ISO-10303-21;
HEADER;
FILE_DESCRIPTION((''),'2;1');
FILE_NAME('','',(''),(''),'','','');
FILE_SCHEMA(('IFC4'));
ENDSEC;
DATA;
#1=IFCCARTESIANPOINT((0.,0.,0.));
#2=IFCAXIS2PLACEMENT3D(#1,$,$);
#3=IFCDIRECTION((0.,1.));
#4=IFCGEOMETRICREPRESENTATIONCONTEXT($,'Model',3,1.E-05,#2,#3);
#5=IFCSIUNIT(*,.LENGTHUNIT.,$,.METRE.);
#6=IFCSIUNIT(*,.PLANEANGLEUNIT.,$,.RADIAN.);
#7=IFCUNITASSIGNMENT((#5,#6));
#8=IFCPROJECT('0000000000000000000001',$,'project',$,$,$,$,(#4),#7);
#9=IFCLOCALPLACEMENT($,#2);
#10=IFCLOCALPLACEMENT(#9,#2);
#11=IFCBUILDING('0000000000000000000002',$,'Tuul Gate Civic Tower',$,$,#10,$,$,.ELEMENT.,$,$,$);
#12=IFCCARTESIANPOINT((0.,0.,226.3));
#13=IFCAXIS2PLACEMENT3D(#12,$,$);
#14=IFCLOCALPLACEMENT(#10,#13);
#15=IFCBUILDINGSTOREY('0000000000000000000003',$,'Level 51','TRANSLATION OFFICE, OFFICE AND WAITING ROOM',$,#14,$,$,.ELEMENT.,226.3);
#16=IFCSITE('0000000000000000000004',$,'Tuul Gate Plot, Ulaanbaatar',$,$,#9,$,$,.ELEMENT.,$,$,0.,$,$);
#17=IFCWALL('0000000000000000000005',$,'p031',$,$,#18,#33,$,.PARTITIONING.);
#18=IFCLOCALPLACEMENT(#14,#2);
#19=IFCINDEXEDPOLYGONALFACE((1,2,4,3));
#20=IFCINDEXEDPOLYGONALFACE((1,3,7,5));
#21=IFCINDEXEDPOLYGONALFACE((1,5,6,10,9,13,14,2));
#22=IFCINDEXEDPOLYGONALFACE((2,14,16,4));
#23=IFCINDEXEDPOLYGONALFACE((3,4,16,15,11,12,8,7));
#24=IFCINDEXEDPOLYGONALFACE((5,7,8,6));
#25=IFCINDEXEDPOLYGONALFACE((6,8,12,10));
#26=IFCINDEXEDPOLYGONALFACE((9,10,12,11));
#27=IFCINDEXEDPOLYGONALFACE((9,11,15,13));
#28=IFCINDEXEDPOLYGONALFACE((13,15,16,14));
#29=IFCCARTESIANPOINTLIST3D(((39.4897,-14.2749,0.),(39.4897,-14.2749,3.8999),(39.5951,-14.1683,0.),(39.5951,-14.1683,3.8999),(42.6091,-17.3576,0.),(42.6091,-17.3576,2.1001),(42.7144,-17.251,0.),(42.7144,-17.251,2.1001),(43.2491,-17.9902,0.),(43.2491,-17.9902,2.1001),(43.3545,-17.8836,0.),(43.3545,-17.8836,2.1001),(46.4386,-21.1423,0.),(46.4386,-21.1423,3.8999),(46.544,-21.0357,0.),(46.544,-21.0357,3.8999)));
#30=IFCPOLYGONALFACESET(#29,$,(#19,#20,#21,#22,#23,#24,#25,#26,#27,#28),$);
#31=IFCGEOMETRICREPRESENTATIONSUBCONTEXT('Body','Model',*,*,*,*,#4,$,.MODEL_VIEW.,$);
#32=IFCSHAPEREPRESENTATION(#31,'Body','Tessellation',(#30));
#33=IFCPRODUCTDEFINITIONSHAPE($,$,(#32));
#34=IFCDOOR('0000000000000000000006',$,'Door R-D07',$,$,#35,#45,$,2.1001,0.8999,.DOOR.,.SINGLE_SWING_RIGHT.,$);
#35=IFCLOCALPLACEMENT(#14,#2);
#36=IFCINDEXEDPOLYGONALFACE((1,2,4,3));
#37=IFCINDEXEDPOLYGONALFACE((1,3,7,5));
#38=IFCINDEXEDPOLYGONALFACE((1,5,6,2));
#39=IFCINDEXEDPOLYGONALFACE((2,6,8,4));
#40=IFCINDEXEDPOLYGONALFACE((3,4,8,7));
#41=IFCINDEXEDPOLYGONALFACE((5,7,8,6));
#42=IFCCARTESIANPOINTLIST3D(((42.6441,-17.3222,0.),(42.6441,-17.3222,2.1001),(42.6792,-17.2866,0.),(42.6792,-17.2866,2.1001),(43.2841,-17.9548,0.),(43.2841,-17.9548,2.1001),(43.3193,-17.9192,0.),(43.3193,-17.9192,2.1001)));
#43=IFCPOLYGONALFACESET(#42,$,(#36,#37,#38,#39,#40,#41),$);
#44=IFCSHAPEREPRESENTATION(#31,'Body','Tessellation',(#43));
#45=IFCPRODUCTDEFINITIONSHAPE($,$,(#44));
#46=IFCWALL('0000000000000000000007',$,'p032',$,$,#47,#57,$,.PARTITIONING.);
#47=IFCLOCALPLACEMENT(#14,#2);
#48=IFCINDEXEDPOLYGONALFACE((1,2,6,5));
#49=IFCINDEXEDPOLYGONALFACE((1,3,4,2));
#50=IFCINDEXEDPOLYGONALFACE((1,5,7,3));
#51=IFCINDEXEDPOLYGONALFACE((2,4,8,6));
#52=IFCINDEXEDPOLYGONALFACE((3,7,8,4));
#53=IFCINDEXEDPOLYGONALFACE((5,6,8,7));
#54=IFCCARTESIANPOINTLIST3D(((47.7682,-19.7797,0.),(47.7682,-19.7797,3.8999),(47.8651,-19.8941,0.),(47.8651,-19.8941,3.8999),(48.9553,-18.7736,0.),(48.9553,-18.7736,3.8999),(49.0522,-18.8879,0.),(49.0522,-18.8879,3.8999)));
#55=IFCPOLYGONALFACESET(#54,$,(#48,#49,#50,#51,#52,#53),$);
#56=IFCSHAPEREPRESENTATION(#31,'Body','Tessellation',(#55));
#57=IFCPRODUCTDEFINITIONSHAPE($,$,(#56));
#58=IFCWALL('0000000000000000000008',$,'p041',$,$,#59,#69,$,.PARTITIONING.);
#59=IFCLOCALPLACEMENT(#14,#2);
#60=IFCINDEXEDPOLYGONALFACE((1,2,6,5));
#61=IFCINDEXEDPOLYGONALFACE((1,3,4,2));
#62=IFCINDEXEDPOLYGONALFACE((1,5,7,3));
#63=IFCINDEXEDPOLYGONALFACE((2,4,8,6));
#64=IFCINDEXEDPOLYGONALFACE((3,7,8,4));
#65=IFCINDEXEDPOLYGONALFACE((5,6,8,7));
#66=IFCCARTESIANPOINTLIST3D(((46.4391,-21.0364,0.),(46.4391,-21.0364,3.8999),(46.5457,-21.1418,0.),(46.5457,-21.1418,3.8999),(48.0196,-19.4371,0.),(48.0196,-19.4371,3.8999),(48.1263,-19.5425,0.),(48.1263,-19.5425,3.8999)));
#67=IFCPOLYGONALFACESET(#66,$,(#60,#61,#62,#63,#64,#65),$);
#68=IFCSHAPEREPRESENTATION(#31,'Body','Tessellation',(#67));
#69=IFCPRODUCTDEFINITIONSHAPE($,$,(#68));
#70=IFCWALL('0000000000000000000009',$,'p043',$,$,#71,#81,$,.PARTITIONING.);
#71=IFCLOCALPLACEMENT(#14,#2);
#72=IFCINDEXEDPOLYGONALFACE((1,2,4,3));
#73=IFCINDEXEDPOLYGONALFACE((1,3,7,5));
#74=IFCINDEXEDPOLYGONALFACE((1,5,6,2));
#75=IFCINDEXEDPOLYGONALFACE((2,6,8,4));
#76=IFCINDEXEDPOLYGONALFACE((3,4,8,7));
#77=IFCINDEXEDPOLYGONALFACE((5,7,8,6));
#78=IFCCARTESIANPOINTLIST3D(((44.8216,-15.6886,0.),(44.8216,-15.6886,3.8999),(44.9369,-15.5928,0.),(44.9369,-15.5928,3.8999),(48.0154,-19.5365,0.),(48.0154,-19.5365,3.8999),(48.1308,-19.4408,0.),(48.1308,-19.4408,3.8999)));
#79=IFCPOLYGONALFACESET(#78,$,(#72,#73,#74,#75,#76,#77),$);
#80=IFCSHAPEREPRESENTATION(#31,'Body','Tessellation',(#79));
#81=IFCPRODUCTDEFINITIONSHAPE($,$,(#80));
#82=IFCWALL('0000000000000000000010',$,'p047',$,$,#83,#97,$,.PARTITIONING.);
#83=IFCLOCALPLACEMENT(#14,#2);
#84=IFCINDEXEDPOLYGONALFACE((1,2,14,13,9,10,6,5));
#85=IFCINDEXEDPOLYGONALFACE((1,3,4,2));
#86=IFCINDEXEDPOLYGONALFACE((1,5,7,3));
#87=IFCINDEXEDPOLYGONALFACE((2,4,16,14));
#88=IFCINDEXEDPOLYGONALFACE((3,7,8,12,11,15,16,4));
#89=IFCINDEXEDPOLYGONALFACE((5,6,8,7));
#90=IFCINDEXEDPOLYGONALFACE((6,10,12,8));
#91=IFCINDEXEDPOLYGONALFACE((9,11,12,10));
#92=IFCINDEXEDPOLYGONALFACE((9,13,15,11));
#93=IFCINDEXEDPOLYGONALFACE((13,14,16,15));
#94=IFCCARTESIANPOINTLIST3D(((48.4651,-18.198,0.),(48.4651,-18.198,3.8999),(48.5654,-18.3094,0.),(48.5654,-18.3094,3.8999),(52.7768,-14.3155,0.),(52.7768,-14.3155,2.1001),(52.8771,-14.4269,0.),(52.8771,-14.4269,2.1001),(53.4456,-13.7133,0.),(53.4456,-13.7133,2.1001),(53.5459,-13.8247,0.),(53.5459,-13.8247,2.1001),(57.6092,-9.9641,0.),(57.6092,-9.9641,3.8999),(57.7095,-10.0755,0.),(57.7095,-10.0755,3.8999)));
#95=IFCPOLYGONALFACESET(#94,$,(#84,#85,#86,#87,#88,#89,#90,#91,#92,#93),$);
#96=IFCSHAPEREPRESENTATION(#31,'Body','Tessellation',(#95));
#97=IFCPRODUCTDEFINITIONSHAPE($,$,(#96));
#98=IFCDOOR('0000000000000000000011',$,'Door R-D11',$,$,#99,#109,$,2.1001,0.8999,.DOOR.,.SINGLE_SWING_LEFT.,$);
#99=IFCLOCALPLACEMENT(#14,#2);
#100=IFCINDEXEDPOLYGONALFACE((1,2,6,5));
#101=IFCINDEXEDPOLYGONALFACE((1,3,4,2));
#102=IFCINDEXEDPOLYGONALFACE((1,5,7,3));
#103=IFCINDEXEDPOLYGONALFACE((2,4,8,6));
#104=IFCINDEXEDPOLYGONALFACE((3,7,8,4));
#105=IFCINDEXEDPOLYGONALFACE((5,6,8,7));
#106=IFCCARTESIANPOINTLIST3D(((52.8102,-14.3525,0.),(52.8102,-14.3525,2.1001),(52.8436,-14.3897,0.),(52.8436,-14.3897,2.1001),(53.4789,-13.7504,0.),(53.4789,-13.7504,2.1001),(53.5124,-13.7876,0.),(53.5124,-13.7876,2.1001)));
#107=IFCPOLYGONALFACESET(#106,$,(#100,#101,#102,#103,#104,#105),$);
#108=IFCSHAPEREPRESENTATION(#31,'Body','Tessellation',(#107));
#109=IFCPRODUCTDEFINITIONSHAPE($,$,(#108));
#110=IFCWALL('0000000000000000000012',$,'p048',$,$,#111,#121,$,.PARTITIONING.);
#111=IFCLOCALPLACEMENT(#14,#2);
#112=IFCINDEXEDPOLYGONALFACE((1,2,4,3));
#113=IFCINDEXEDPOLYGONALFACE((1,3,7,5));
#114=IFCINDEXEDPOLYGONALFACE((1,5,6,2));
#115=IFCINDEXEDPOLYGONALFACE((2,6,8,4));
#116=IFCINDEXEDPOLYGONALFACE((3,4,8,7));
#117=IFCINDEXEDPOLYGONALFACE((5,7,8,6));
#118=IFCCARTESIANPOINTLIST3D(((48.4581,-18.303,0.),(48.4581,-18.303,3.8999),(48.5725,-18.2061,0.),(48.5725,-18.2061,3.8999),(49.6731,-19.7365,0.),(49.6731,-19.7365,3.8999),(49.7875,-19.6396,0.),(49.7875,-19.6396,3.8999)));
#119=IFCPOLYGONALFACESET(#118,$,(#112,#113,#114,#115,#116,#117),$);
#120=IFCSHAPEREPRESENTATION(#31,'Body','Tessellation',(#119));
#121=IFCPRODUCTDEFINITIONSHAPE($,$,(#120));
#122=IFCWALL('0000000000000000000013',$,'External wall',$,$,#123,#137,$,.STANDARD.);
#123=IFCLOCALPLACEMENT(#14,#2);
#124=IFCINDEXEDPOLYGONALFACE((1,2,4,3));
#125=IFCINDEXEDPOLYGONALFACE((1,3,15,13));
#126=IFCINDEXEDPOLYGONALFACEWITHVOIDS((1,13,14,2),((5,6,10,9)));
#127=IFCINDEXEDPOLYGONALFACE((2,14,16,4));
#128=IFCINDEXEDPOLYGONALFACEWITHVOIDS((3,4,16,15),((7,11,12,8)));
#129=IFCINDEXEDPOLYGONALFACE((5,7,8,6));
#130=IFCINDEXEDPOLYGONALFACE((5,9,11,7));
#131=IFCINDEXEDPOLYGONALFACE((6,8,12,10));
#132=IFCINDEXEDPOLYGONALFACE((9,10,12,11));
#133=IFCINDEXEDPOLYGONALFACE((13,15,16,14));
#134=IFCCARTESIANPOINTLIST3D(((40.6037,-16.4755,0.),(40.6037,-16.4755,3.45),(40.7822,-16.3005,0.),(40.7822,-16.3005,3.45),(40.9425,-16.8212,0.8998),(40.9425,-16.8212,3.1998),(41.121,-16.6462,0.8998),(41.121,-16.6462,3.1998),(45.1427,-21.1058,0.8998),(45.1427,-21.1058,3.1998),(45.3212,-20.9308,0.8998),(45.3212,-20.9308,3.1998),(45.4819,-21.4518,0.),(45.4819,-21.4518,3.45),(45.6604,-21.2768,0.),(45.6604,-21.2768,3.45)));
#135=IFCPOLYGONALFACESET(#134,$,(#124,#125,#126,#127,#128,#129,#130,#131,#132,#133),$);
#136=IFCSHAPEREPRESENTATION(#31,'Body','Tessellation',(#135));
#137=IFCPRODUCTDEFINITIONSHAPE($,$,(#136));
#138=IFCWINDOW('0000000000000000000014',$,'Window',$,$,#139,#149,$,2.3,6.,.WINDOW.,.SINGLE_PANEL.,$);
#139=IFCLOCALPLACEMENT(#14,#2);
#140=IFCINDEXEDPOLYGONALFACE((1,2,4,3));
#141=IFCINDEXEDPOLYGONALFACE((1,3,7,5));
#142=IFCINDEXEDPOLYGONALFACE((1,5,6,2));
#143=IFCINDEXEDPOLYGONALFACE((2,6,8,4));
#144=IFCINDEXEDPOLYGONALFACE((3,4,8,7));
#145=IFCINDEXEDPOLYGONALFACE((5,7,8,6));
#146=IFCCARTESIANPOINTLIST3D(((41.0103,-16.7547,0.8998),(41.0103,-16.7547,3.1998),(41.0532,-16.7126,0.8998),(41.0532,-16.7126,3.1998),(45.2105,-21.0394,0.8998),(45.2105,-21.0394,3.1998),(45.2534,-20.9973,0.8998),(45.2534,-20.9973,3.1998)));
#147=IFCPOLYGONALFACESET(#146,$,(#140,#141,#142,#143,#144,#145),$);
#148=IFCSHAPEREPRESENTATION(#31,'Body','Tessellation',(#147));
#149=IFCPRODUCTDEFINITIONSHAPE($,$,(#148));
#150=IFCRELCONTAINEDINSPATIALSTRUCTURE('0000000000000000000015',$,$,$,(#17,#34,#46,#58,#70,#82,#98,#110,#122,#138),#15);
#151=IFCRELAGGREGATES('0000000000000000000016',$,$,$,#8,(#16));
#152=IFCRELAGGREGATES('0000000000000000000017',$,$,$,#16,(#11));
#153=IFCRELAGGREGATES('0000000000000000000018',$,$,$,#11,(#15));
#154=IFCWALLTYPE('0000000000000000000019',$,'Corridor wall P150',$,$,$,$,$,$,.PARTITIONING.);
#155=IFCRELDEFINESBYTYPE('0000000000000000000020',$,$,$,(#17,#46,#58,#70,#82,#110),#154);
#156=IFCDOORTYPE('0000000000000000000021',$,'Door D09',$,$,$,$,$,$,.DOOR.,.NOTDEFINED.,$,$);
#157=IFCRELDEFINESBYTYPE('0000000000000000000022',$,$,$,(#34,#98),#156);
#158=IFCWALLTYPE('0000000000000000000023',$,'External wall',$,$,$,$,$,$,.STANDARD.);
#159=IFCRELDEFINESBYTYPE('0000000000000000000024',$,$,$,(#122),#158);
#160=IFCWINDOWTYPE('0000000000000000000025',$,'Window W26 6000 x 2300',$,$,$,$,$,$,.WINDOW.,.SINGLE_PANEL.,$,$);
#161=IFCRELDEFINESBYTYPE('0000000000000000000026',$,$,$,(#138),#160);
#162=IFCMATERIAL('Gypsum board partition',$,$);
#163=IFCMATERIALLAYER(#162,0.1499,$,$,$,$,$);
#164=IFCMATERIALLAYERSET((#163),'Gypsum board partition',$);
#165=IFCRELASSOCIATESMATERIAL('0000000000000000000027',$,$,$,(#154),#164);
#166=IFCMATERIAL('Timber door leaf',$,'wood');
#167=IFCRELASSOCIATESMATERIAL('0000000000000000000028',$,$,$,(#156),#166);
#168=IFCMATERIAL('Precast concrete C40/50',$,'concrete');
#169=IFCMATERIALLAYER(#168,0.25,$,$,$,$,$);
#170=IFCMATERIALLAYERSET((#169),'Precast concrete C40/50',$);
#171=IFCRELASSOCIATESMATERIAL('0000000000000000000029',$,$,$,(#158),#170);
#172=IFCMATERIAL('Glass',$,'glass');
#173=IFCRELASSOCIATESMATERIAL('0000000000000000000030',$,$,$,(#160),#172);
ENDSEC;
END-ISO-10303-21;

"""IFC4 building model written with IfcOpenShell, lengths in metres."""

from ifc_helpers import new_model, si_unit, direction, frame, frame_2d, origin, place, context, subcontext, project, spatial, rectangle, extrude, material, layer, layer_set, type_object, element, fill, save


model = new_model("IFC4")

# Units and contexts
model_context = context("Model", 3, precision=1e-05, world=origin(), true_north=direction((0.0, 1.0)))
body_context = subcontext(model_context, "Body", "Model", "MODEL_VIEW")
ifc_project = project(units=[si_unit("LENGTHUNIT", "METRE"), si_unit("PLANEANGLEUNIT", "RADIAN")], contexts=[model_context])

# Site, building, storey
site_placement = place(None, origin())
site = spatial("IfcSite", under=ifc_project, at=site_placement, Name="Tuul Gate Plot, Ulaanbaatar", CompositionType="ELEMENT", RefElevation=0.0)
building_placement = place(site_placement, origin())
building = spatial("IfcBuilding", under=site, at=building_placement, Name="Tuul Gate Civic Tower", CompositionType="ELEMENT")
storey_placement = place(building_placement, frame((0.0, 0.0, 226.3)))
storey = spatial("IfcBuildingStorey", under=building, at=storey_placement, Name="Level 51", Description="TRANSLATION OFFICE, OFFICE AND WAITING ROOM", CompositionType="ELEMENT", Elevation=226.3)

# Wall, opening, door
ifc_material_1 = material(Name="Gypsum board partition")
ifc_layer_1 = layer(ifc_material_1, 0.1499)
ifc_layer_set_1 = layer_set([ifc_layer_1], Name="Gypsum board partition")
wall_type_1 = type_object("IfcWallType", Name="Corridor wall P150", PredefinedType="PARTITIONING", material=ifc_layer_set_1)
wall_1_placement = place(storey_placement, frame((39.5425, -14.2217, 0.0), z_axis=(0.0, 0.0, 1.0), x_axis=(0.711268, -0.702921, 0.0)))
wall_1 = element("IfcWall", 1, at=wall_1_placement, inside=storey, type_object=wall_type_1, Name="p031", PredefinedType="PARTITIONING", context=body_context, shape_type="SweptSolid", body=[
    extrude(rectangle(XDim=9.7698, YDim=0.1499, at=frame_2d((4.8848, 0.0))), origin(), (0.0, 0.0, 1.0), 3.8999),
])
opening_1_placement = place(wall_1_placement, frame((4.3855, 0.0, 0.0)))
opening_1 = element("IfcOpeningElement", 2, at=opening_1_placement, cuts=wall_1, PredefinedType="OPENING", context=body_context, shape_type="SweptSolid", body=[
    extrude(rectangle(XDim=0.8999, YDim=2.1001, at=frame_2d((0.45, 1.05))), frame((0.0, 0.085, 0.0), z_axis=(0.0, -1.0, 0.0), x_axis=(1.0, 0.0, 0.0)), (0.0, 0.0, 1.0), 0.1699),
])
ifc_material_2 = material(Name="Timber door leaf", Category="wood")
door_type_1 = type_object("IfcDoorType", Name="Door D09", OperationType="NOTDEFINED", PredefinedType="DOOR", material=ifc_material_2)
door_1_placement = place(opening_1_placement, origin())
door_1 = element("IfcDoor", 3, at=door_1_placement, inside=storey, type_object=door_type_1, Name="Door R-D07", OperationType="SINGLE_SWING_RIGHT", OverallHeight=2.1001, OverallWidth=0.8999, PredefinedType="DOOR", context=body_context, shape_type="SweptSolid", body=[
    extrude(rectangle(XDim=0.8999, YDim=2.1001, at=frame_2d((0.45, 1.05))), frame((0.0, 0.0249, 0.0), z_axis=(0.0, -1.0, 0.0), x_axis=(1.0, 0.0, 0.0)), (0.0, 0.0, 1.0), 0.05),
])
fill(opening_1, door_1)

# Walls
wall_2_placement = place(storey_placement, frame((47.8167, -19.8369, 0.0), z_axis=(0.0, 0.0, 1.0), x_axis=(0.762844, 0.646582, 0.0)))
element("IfcWall", 4, at=wall_2_placement, inside=storey, type_object=wall_type_1, Name="p032", PredefinedType="PARTITIONING", context=body_context, shape_type="SweptSolid", body=[
    extrude(rectangle(XDim=1.5562, YDim=0.1499, at=frame_2d((0.7781, 0.0))), origin(), (0.0, 0.0, 1.0), 3.8999),
])
wall_3_placement = place(storey_placement, frame((46.4924, -21.0891, 0.0), z_axis=(0.0, 0.0, 1.0), x_axis=(0.702914, 0.711275, 0.0)))
element("IfcWall", 5, at=wall_3_placement, inside=storey, type_object=wall_type_1, Name="p041", PredefinedType="PARTITIONING", context=body_context, shape_type="SweptSolid", body=[
    extrude(rectangle(XDim=2.2485, YDim=0.1499, at=frame_2d((1.1243, 0.0))), origin(), (0.0, 0.0, 1.0), 3.8999),
])
wall_4_placement = place(storey_placement, frame((44.8792, -15.6406, 0.0), z_axis=(0.0, 0.0, 1.0), x_axis=(0.63868, -0.769472, 0.0)))
element("IfcWall", 6, at=wall_4_placement, inside=storey, type_object=wall_type_1, Name="p043", PredefinedType="PARTITIONING", context=body_context, shape_type="SweptSolid", body=[
    extrude(rectangle(XDim=5.0007, YDim=0.1499, at=frame_2d((2.5005, 0.0))), origin(), (0.0, 0.0, 1.0), 3.8999),
])

# Wall, opening, door
wall_5_placement = place(storey_placement, frame((48.5154, -18.2537, 0.0), z_axis=(0.0, 0.0, 1.0), x_axis=(0.743122, 0.669155, 0.0)))
wall_5 = element("IfcWall", 7, at=wall_5_placement, inside=storey, type_object=wall_type_1, Name="p047", PredefinedType="PARTITIONING", context=body_context, shape_type="SweptSolid", body=[
    extrude(rectangle(XDim=12.3049, YDim=0.1499, at=frame_2d((6.1523, 0.0))), origin(), (0.0, 0.0, 1.0), 3.8999),
])
opening_2_placement = place(wall_5_placement, frame((5.802, 0.0, 0.0)))
opening_2 = element("IfcOpeningElement", 8, at=opening_2_placement, cuts=wall_5, PredefinedType="OPENING", context=body_context, shape_type="SweptSolid", body=[
    extrude(rectangle(XDim=0.8999, YDim=2.1001, at=frame_2d((0.45, 1.05))), frame((0.0, 0.085, 0.0), z_axis=(0.0, -1.0, 0.0), x_axis=(1.0, 0.0, 0.0)), (0.0, 0.0, 1.0), 0.1699),
])
door_2_placement = place(opening_2_placement, frame((0.8999, 0.0, 0.0), z_axis=(0.0, 0.0, 1.0), x_axis=(-1.0, 0.0, 0.0)))
door_2 = element("IfcDoor", 9, at=door_2_placement, inside=storey, type_object=door_type_1, Name="Door R-D11", OperationType="SINGLE_SWING_LEFT", OverallHeight=2.1001, OverallWidth=0.8999, PredefinedType="DOOR", context=body_context, shape_type="SweptSolid", body=[
    extrude(rectangle(XDim=0.8999, YDim=2.1001, at=frame_2d((0.45, 1.05))), frame((0.0, 0.0249, 0.0), z_axis=(0.0, -1.0, 0.0), x_axis=(1.0, 0.0, 0.0)), (0.0, 0.0, 1.0), 0.05),
])
fill(opening_2, door_2)

# Wall
wall_6_placement = place(storey_placement, frame((48.5154, -18.2546, 0.0), z_axis=(0.0, 0.0, 1.0), x_axis=(0.646577, -0.762849, 0.0)))
element("IfcWall", 10, at=wall_6_placement, inside=storey, type_object=wall_type_1, Name="p048", PredefinedType="PARTITIONING", context=body_context, shape_type="SweptSolid", body=[
    extrude(rectangle(XDim=1.8792, YDim=0.1499, at=frame_2d((0.9395, 0.0))), origin(), (0.0, 0.0, 1.0), 3.8999),
])

# Wall, opening, window
ifc_material_3 = material(Name="Precast concrete C40/50", Category="concrete")
ifc_layer_2 = layer(ifc_material_3, 0.25)
ifc_layer_set_2 = layer_set([ifc_layer_2], Name="Precast concrete C40/50")
wall_type_2 = type_object("IfcWallType", Name="External wall", PredefinedType="STANDARD", material=ifc_layer_set_2)
wall_7_placement = place(storey_placement, frame((40.6929, -16.3879, 0.0), z_axis=(0.0, 0.0, 1.0), x_axis=(0.70003, -0.714114, 0.0)))
wall_7 = element("IfcWall", 11, at=wall_7_placement, inside=storey, type_object=wall_type_2, Name="External wall", PredefinedType="STANDARD", context=body_context, shape_type="SweptSolid", body=[
    extrude(rectangle(XDim=6.9685, YDim=0.25, at=frame_2d((3.4844, 0.0))), origin(), (0.0, 0.0, 1.0), 3.45),
])
opening_3_placement = place(wall_7_placement, frame((0.4841, 0.0, 0.8999)))
opening_3 = element("IfcOpeningElement", 12, at=opening_3_placement, cuts=wall_7, PredefinedType="OPENING", context=body_context, shape_type="SweptSolid", body=[
    extrude(rectangle(XDim=6.0, YDim=2.3, at=frame_2d((3.0, 1.1499))), frame((0.0, 0.135, 0.0), z_axis=(0.0, -1.0, 0.0), x_axis=(1.0, 0.0, 0.0)), (0.0, 0.0, 1.0), 0.27),
])
ifc_material_4 = material(Name="Glass", Category="glass")
window_type_1 = type_object("IfcWindowType", Name="Window W26 6000 x 2300", PartitioningType="SINGLE_PANEL", PredefinedType="WINDOW", material=ifc_material_4)
window_1_placement = place(opening_3_placement, origin())
window_1 = element("IfcWindow", 13, at=window_1_placement, inside=storey, type_object=window_type_1, Name="Window", OverallHeight=2.3, OverallWidth=6.0, PartitioningType="SINGLE_PANEL", PredefinedType="WINDOW", context=body_context, shape_type="SweptSolid", body=[
    extrude(rectangle(XDim=6.0, YDim=2.3, at=frame_2d((3.0, 1.1499))), frame((0.0, 0.03, 0.0), z_axis=(0.0, -1.0, 0.0), x_axis=(1.0, 0.0, 0.0)), (0.0, 0.0, 1.0), 0.0601),
])
fill(opening_3, window_1)

save(model, "model.ifc")
